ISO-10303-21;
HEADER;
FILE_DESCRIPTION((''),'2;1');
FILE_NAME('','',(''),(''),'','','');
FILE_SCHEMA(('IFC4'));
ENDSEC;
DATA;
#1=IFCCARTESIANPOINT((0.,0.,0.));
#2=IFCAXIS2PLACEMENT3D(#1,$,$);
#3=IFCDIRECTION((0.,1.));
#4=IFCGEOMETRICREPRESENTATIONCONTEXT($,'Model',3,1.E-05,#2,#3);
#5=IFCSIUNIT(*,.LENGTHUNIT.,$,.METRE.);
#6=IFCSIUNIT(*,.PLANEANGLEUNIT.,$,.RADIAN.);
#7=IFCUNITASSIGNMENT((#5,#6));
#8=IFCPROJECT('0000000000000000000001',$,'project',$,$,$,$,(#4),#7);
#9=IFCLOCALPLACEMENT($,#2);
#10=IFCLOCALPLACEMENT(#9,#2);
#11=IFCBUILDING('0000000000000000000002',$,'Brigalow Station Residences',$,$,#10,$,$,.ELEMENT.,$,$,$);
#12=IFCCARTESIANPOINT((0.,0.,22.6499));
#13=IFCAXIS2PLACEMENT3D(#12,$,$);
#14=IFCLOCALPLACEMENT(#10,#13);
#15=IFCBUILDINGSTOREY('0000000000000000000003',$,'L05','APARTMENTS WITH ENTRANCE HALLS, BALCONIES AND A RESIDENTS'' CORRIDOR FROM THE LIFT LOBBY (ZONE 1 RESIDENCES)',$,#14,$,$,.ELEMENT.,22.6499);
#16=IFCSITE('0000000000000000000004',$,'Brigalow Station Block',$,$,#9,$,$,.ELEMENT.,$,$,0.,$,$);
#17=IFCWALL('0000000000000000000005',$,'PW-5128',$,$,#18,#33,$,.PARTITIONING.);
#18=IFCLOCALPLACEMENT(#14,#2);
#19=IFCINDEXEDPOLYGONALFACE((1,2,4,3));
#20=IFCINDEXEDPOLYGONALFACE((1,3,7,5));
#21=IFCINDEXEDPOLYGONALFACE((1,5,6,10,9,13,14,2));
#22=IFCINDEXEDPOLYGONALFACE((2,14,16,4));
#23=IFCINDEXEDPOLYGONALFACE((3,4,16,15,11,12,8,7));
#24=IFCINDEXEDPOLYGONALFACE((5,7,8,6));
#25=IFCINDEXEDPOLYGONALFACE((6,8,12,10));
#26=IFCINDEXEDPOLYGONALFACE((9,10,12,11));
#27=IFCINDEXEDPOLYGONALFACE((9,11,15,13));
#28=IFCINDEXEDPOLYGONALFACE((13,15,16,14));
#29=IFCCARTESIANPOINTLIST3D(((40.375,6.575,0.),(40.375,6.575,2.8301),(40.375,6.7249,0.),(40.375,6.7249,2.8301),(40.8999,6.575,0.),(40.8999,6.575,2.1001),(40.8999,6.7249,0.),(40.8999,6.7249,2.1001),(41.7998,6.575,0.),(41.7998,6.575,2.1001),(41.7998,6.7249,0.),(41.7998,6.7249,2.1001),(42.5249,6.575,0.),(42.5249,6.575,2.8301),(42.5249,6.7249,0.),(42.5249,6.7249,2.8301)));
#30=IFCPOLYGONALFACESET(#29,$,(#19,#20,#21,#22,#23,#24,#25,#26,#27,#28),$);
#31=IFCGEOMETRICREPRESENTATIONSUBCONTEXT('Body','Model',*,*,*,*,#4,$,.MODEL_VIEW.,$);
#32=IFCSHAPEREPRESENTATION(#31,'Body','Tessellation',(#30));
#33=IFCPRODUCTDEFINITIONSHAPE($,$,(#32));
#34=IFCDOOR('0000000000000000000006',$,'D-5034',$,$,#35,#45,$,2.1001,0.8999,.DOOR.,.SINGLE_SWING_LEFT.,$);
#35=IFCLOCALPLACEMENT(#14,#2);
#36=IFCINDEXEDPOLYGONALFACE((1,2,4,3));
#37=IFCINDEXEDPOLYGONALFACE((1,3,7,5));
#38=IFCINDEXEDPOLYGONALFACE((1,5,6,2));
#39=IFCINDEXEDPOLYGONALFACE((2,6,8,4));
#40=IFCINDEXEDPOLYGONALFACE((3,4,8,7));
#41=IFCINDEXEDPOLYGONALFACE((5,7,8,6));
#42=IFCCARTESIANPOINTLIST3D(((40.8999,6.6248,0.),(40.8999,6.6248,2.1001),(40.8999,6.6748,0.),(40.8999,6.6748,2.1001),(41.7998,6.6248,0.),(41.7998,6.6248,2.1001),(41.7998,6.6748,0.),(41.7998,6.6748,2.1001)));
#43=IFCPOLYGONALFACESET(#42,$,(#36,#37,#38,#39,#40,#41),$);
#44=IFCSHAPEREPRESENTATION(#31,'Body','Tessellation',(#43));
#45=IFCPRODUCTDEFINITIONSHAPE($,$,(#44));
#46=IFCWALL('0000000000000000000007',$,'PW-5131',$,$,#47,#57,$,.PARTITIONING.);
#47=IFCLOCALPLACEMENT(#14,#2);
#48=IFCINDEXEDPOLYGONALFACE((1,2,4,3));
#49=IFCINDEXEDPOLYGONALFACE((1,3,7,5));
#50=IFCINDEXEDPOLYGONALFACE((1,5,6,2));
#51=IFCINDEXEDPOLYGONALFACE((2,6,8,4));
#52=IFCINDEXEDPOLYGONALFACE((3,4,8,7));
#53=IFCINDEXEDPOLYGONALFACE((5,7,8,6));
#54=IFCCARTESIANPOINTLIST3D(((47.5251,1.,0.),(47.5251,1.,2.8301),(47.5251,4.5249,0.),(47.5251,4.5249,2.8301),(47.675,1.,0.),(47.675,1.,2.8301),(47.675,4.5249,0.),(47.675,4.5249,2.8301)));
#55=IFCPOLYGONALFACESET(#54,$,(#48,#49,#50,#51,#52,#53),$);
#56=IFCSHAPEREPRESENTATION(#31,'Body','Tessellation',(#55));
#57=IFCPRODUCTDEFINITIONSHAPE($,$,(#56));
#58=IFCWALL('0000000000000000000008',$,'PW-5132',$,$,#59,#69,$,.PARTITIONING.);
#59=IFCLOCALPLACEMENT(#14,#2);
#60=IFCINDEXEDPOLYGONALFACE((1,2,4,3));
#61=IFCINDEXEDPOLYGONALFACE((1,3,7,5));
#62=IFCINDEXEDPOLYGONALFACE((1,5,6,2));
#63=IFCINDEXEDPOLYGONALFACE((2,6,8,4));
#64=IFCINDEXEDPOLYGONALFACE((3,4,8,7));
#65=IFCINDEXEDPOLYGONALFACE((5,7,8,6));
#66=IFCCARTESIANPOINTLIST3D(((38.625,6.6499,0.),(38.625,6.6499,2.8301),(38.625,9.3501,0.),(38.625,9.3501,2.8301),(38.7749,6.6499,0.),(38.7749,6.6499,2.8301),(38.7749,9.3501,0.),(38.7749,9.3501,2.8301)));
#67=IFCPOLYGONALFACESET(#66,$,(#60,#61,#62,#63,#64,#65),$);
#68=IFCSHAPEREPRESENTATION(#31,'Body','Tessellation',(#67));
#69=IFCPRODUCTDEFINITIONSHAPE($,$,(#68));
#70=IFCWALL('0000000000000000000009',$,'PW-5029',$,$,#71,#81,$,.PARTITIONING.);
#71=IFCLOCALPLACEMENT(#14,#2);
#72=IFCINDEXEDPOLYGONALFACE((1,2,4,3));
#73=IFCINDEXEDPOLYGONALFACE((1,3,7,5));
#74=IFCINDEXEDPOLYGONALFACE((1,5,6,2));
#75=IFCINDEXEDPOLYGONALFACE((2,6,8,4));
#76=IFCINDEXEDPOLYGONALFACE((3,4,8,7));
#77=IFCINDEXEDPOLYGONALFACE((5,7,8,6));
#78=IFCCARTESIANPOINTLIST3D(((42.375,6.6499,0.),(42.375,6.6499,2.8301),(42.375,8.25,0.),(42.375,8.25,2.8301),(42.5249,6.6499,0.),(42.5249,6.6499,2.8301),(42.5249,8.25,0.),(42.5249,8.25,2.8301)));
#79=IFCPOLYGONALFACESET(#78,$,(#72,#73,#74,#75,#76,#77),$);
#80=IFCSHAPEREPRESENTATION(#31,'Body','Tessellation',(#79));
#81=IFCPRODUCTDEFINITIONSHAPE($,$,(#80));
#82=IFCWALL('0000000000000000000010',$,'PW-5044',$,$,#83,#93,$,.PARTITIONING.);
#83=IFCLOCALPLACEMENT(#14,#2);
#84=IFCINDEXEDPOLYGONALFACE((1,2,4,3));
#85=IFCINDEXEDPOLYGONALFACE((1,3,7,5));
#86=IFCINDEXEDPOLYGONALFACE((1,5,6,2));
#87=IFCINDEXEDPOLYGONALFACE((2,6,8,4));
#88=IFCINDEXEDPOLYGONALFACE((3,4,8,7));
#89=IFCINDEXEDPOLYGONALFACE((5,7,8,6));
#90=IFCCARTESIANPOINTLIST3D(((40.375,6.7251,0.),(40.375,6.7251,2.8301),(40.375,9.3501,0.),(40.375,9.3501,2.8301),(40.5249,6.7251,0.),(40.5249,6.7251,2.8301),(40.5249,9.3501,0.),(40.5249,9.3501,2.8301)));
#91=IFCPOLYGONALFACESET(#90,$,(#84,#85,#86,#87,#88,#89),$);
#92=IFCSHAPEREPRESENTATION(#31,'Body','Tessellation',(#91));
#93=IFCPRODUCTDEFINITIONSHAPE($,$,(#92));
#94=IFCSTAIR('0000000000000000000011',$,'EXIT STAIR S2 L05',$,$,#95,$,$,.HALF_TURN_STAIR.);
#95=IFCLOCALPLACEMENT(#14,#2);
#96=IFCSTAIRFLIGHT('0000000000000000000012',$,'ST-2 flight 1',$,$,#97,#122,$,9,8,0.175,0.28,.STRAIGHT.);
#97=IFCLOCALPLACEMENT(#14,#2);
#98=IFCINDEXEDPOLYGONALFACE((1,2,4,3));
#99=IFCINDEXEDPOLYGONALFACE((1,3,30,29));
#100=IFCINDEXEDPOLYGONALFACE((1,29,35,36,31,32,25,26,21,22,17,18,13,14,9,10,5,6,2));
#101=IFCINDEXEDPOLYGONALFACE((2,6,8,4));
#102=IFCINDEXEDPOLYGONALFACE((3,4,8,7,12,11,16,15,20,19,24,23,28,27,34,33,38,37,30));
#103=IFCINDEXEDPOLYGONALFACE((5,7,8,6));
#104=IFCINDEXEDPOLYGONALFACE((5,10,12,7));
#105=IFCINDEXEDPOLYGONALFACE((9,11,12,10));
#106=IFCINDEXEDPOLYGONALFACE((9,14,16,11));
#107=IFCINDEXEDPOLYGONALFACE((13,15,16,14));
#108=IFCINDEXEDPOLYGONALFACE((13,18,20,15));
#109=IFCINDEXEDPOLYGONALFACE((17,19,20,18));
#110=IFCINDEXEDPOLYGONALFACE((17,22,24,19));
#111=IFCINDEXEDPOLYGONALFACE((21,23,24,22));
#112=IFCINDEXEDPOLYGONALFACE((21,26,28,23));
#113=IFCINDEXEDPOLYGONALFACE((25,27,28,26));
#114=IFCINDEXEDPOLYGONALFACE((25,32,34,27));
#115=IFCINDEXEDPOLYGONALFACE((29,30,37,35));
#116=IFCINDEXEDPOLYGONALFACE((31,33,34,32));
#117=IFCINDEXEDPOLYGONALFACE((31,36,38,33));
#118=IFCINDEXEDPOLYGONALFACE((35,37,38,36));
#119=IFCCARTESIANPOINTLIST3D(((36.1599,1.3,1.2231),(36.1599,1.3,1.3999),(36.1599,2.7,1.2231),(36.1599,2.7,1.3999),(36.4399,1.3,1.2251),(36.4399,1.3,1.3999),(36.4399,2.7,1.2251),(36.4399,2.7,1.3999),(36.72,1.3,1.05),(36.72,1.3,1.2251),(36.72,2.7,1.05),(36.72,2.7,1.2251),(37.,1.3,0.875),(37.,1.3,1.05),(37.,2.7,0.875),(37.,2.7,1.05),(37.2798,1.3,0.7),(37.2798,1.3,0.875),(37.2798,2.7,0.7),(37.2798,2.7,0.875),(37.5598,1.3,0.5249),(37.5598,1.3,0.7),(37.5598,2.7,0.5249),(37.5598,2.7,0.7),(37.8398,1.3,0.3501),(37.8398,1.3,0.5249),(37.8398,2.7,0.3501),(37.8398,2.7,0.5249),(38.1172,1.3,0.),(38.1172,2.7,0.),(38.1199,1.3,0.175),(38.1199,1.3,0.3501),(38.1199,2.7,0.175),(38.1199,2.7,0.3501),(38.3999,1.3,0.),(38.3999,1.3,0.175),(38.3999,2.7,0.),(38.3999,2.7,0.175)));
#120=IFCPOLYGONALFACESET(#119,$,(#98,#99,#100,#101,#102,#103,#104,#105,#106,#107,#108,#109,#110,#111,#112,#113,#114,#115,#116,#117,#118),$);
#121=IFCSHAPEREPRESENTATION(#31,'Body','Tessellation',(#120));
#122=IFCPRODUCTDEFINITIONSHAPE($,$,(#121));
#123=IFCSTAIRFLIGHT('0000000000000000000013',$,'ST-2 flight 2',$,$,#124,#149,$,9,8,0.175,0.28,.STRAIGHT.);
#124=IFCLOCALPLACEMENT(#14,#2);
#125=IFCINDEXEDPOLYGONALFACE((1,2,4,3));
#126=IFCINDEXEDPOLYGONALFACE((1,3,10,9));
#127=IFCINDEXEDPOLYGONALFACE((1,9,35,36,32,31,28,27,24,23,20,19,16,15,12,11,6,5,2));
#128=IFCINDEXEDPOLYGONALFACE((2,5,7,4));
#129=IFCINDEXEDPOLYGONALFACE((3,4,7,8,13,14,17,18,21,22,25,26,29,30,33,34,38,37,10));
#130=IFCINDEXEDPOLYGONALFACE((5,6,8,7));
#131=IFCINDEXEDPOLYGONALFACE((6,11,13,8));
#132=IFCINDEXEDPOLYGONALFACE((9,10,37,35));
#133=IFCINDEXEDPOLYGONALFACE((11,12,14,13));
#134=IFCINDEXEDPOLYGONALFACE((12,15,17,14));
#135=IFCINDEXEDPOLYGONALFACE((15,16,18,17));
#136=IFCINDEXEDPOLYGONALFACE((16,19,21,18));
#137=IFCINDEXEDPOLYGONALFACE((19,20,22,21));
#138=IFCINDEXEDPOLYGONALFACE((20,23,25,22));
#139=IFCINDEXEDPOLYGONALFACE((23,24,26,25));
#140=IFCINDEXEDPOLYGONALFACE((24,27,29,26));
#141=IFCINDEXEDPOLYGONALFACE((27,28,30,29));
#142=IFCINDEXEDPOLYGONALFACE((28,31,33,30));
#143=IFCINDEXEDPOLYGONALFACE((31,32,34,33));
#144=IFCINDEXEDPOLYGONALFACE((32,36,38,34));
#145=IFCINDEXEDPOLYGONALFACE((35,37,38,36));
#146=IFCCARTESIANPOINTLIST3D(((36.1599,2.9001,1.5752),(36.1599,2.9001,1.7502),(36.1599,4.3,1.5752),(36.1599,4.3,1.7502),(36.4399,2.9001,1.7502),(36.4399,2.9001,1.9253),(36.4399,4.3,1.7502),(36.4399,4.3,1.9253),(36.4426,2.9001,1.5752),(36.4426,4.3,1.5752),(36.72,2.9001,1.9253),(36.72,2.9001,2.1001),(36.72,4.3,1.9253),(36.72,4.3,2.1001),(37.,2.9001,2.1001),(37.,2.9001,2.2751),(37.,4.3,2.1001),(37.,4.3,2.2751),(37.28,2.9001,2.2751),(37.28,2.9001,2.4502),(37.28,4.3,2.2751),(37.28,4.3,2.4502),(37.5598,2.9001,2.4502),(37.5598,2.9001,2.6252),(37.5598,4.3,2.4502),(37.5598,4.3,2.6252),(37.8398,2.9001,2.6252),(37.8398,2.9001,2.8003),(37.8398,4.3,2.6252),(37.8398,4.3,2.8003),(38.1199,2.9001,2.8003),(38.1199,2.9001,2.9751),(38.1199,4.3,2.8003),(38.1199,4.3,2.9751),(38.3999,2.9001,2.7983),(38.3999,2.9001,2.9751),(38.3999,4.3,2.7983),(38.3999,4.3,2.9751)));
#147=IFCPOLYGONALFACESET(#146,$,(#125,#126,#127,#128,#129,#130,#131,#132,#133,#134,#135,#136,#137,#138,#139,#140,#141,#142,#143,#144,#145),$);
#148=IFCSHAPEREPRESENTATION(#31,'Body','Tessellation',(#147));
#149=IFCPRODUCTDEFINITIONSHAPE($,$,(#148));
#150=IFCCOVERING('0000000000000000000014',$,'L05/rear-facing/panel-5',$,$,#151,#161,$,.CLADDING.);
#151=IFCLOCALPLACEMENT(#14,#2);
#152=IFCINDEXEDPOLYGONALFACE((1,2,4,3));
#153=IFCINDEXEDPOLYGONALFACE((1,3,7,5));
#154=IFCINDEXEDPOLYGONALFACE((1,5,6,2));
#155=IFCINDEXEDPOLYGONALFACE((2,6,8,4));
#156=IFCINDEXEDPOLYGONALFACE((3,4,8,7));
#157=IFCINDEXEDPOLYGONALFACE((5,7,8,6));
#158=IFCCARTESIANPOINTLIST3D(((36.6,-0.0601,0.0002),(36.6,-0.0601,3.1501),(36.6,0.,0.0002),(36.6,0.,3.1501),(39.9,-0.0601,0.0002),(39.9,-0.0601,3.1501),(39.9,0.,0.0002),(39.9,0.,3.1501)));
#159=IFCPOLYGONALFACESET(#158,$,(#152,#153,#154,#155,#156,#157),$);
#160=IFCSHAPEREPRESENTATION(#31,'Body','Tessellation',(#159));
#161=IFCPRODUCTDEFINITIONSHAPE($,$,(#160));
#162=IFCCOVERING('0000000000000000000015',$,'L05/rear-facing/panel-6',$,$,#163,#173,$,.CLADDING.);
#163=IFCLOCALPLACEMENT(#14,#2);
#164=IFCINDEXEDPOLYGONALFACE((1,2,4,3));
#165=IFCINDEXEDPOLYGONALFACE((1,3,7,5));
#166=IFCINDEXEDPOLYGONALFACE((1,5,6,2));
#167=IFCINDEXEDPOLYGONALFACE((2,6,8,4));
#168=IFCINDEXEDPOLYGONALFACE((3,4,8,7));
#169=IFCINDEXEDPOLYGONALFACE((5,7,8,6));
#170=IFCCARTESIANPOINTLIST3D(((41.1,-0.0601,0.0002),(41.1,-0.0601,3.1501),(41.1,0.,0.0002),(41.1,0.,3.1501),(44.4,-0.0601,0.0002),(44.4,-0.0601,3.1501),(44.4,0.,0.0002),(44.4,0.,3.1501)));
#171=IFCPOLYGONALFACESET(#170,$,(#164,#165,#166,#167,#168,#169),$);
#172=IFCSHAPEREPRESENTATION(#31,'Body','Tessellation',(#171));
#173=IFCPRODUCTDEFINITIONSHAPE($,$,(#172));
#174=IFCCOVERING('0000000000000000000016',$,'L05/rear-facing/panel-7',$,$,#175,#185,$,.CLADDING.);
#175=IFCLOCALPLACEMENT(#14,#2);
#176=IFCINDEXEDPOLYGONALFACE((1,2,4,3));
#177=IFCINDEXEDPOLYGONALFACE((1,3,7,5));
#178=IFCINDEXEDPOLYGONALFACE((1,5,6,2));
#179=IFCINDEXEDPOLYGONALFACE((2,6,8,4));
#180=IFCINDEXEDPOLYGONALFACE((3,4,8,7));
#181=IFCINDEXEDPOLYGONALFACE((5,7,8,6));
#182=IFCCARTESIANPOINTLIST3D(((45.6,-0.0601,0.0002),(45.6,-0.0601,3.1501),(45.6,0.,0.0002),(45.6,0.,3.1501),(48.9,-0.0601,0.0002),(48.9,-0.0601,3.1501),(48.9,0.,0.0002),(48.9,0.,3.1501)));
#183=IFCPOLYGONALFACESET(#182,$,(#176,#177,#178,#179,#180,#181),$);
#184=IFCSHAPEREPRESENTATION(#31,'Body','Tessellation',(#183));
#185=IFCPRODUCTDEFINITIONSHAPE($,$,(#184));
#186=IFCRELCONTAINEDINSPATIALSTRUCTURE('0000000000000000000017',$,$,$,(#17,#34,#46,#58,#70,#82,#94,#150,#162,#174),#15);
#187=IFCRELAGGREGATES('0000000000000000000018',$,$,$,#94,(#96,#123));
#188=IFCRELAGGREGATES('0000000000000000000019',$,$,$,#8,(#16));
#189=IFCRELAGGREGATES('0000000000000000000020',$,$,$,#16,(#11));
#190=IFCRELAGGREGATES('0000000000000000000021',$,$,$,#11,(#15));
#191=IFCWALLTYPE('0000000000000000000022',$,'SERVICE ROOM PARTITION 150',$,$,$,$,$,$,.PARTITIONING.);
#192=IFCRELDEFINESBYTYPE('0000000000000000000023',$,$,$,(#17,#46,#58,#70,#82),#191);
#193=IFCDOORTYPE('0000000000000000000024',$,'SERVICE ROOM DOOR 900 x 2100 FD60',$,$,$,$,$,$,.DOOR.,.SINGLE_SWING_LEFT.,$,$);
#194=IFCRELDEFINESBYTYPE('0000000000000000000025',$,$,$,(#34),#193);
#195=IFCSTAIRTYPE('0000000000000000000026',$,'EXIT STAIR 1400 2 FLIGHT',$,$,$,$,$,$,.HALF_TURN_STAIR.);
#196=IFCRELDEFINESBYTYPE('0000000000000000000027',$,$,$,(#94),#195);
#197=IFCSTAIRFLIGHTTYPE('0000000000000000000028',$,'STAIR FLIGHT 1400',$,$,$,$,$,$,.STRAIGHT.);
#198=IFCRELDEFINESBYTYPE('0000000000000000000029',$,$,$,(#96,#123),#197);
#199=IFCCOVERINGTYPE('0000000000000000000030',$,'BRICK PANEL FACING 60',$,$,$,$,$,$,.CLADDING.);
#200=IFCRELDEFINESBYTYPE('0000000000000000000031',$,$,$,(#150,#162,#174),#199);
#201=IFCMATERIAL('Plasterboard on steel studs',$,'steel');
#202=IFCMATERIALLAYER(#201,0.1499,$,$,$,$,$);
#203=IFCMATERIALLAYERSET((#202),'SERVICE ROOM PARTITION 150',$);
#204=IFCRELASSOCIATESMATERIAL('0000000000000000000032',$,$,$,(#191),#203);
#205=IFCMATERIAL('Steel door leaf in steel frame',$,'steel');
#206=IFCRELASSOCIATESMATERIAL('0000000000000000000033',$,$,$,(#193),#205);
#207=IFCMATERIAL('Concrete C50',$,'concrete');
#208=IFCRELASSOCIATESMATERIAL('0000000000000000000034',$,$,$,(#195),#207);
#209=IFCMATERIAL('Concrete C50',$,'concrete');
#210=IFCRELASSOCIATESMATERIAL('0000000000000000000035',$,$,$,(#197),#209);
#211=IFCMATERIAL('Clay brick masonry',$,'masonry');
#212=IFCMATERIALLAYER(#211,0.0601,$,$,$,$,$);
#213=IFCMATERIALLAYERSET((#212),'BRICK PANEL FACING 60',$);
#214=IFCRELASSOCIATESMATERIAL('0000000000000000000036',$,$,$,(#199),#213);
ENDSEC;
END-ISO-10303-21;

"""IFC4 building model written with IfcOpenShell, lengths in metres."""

from ifc_helpers import new_model, si_unit, direction, frame, frame_2d, origin, origin_2d, place, context, subcontext, project, spatial, polyline, rectangle, outline, extrude, material, layer, layer_set, type_object, element, fill, aggregate, save


model = new_model("IFC4")

# Units and contexts
model_context = context("Model", 3, precision=1e-05, world=origin(), true_north=direction((0.0, 1.0)))
body_context = subcontext(model_context, "Body", "Model", "MODEL_VIEW")
ifc_project = project(units=[si_unit("LENGTHUNIT", "METRE"), si_unit("PLANEANGLEUNIT", "RADIAN")], contexts=[model_context])

# Site, building, storey
site_placement = place(None, origin())
site = spatial("IfcSite", under=ifc_project, at=site_placement, Name="Brigalow Station Block", CompositionType="ELEMENT", RefElevation=0.0)
building_placement = place(site_placement, origin())
building = spatial("IfcBuilding", under=site, at=building_placement, Name="Brigalow Station Residences", CompositionType="ELEMENT")
storey_placement = place(building_placement, frame((0.0, 0.0, 22.6499)))
storey = spatial("IfcBuildingStorey", under=building, at=storey_placement, Name="L05", Description="APARTMENTS WITH ENTRANCE HALLS, BALCONIES AND A RESIDENTS' CORRIDOR FROM THE LIFT LOBBY (ZONE 1 RESIDENCES)", CompositionType="ELEMENT", Elevation=22.6499)

# Shared definitions
ifc_material_1 = material(Name="Plasterboard on steel studs", Category="steel")
ifc_layer_1 = layer(ifc_material_1, 0.1499)
ifc_layer_set_1 = layer_set([ifc_layer_1], Name="SERVICE ROOM PARTITION 150")
wall_type_1 = type_object("IfcWallType", Name="SERVICE ROOM PARTITION 150", PredefinedType="PARTITIONING", material=ifc_layer_set_1)
ifc_material_2 = material(Name="Steel door leaf in steel frame", Category="steel")
door_type_1 = type_object("IfcDoorType", Name="SERVICE ROOM DOOR 900 x 2100 FD60", OperationType="SINGLE_SWING_LEFT", PredefinedType="DOOR", material=ifc_material_2)

# Wall, opening, door
wall_1_placement = place(storey_placement, frame((40.375, 6.6499, 0.0), z_axis=(0.0, 0.0, 1.0), x_axis=(1.0, 0.0, 0.0)))
wall_1 = element("IfcWall", 1, at=wall_1_placement, inside=storey, type_object=wall_type_1, Name="PW-5128", PredefinedType="PARTITIONING", context=body_context, shape_type="SweptSolid", body=[
    extrude(rectangle(XDim=2.1499, YDim=0.1499, at=frame_2d((1.075, 0.0))), origin(), (0.0, 0.0, 1.0), 2.8301),
])
opening_1_placement = place(wall_1_placement, frame((0.5249, 0.0, 0.0)))
opening_1 = element("IfcOpeningElement", 2, at=opening_1_placement, cuts=wall_1, PredefinedType="OPENING", context=body_context, shape_type="SweptSolid", body=[
    extrude(rectangle(XDim=0.8999, YDim=2.1001, at=frame_2d((0.45, 1.05))), frame((0.0, 0.085, 0.0), z_axis=(0.0, -1.0, 0.0), x_axis=(1.0, 0.0, 0.0)), (0.0, 0.0, 1.0), 0.1699),
])
door_1_placement = place(opening_1_placement, origin())
door_1 = element("IfcDoor", 3, at=door_1_placement, inside=storey, type_object=door_type_1, Name="D-5034", OperationType="SINGLE_SWING_LEFT", OverallHeight=2.1001, OverallWidth=0.8999, PredefinedType="DOOR", context=body_context, shape_type="SweptSolid", body=[
    extrude(rectangle(XDim=0.8999, YDim=2.1001, at=frame_2d((0.45, 1.05))), frame((0.0, 0.0249, 0.0), z_axis=(0.0, -1.0, 0.0), x_axis=(1.0, 0.0, 0.0)), (0.0, 0.0, 1.0), 0.05),
])
fill(opening_1, door_1)

# Walls
wall_2_placement = place(storey_placement, frame((47.6001, 1.0, 0.0), z_axis=(0.0, 0.0, 1.0), x_axis=(0.0, 1.0, 0.0)))
element("IfcWall", 4, at=wall_2_placement, inside=storey, type_object=wall_type_1, Name="PW-5131", PredefinedType="PARTITIONING", context=body_context, shape_type="SweptSolid", body=[
    extrude(rectangle(XDim=3.5249, YDim=0.1499, at=frame_2d((1.7625, 0.0))), origin(), (0.0, 0.0, 1.0), 2.8301),
])
wall_3_placement = place(storey_placement, frame((38.7, 6.6499, 0.0), z_axis=(0.0, 0.0, 1.0), x_axis=(0.0, 1.0, 0.0)))
element("IfcWall", 5, at=wall_3_placement, inside=storey, type_object=wall_type_1, Name="PW-5132", PredefinedType="PARTITIONING", context=body_context, shape_type="SweptSolid", body=[
    extrude(rectangle(XDim=2.7002, YDim=0.1499, at=frame_2d((1.3501, 0.0))), origin(), (0.0, 0.0, 1.0), 2.8301),
])
wall_4_placement = place(storey_placement, frame((42.45, 6.6499, 0.0), z_axis=(0.0, 0.0, 1.0), x_axis=(0.0, 1.0, 0.0)))
element("IfcWall", 6, at=wall_4_placement, inside=storey, type_object=wall_type_1, Name="PW-5029", PredefinedType="PARTITIONING", context=body_context, shape_type="SweptSolid", body=[
    extrude(rectangle(XDim=1.6001, YDim=0.1499, at=frame_2d((0.8, 0.0))), origin(), (0.0, 0.0, 1.0), 2.8301),
])
wall_5_placement = place(storey_placement, frame((40.45, 6.7251, 0.0), z_axis=(0.0, 0.0, 1.0), x_axis=(0.0, 1.0, 0.0)))
element("IfcWall", 7, at=wall_5_placement, inside=storey, type_object=wall_type_1, Name="PW-5044", PredefinedType="PARTITIONING", context=body_context, shape_type="SweptSolid", body=[
    extrude(rectangle(XDim=2.625, YDim=0.1499, at=frame_2d((1.3125, 0.0))), origin(), (0.0, 0.0, 1.0), 2.8301),
])

# Stair, stair flights
ifc_material_3 = material(Name="Concrete C50", Category="concrete")
stair_type = type_object("IfcStairType", Name="EXIT STAIR 1400 2 FLIGHT", PredefinedType="HALF_TURN_STAIR", material=ifc_material_3)
stair_placement = place(storey_placement, origin())
stair = element("IfcStair", 8, at=stair_placement, inside=storey, type_object=stair_type, Name="EXIT STAIR S2 L05", PredefinedType="HALF_TURN_STAIR")
ifc_material_4 = material(Name="Concrete C50", Category="concrete")
stair_flight_type = type_object("IfcStairFlightType", Name="STAIR FLIGHT 1400", PredefinedType="STRAIGHT", material=ifc_material_4)
stair_flight_1_placement = place(storey_placement, frame((38.3999, 2.0, 0.0), z_axis=(0.0, 0.0, 1.0), x_axis=(-1.0, 0.0, 0.0)))
stair_flight_1 = element("IfcStairFlight", 9, at=stair_flight_1_placement, type_object=stair_flight_type, Name="ST-2 flight 1", NumberOfRisers=9, NumberOfTreads=8, PredefinedType="STRAIGHT", RiserHeight=0.175, TreadLength=0.28, context=body_context, shape_type="SweptSolid", body=[
    extrude(outline(polyline([(0.0, 0.0), (0.0, 0.175), (0.28, 0.175), (0.28, 0.3501), (0.5601, 0.3501), (0.5601, 0.5249), (0.8401, 0.5249), (0.8401, 0.7), (1.1201, 0.7), (1.1201, 0.875), (1.3999, 0.875), (1.3999, 1.05), (1.6799, 1.05), (1.6799, 1.2251), (1.96, 1.2251), (1.96, 1.3999), (2.24, 1.3999), (2.24, 1.575), (2.24, 1.2231), (0.2827, 0.0), (0.0, 0.0)])), frame((0.0, 0.7, 0.0), z_axis=(0.0, -1.0, 0.0), x_axis=(1.0, 0.0, 0.0)), (0.0, 0.0, 1.0), 1.3999),
])
stair_flight_2_placement = place(storey_placement, frame((36.1599, 3.6001, 1.5752), z_axis=(0.0, 0.0, 1.0), x_axis=(1.0, 0.0, 0.0)))
stair_flight_2 = element("IfcStairFlight", 10, at=stair_flight_2_placement, type_object=stair_flight_type, Name="ST-2 flight 2", NumberOfRisers=9, NumberOfTreads=8, PredefinedType="STRAIGHT", RiserHeight=0.175, TreadLength=0.28, context=body_context, shape_type="SweptSolid", body=[
    extrude(outline(polyline([(0.0, 0.0), (0.0, 0.175), (0.28, 0.175), (0.28, 0.3501), (0.5601, 0.3501), (0.5601, 0.5249), (0.8401, 0.5249), (0.8401, 0.7), (1.1201, 0.7), (1.1201, 0.875), (1.3999, 0.875), (1.3999, 1.05), (1.6799, 1.05), (1.6799, 1.2251), (1.96, 1.2251), (1.96, 1.3999), (2.24, 1.3999), (2.24, 1.575), (2.24, 1.2231), (0.2827, 0.0), (0.0, 0.0)])), frame((0.0, 0.7, 0.0), z_axis=(0.0, -1.0, 0.0), x_axis=(1.0, 0.0, 0.0)), (0.0, 0.0, 1.0), 1.3999),
])
aggregate(stair, [stair_flight_1, stair_flight_2])

# Coverings
ifc_material_5 = material(Name="Clay brick masonry", Category="masonry")
ifc_layer_2 = layer(ifc_material_5, 0.0601)
ifc_layer_set_2 = layer_set([ifc_layer_2], Name="BRICK PANEL FACING 60")
covering_type_1 = type_object("IfcCoveringType", Name="BRICK PANEL FACING 60", PredefinedType="CLADDING", material=ifc_layer_set_2)
for number, where, z_axis, x_axis, name in (
    (11, (38.25, -0.03, 0.0002), (0.0, 0.0, 1.0), (1.0, 0.0, 0.0), "L05/rear-facing/panel-5"),
    (12, (42.75, -0.03, 0.0002), (0.0, 0.0, 1.0), (1.0, 0.0, 0.0), "L05/rear-facing/panel-6"),
    (13, (47.25, -0.03, 0.0002), (0.0, 0.0, 1.0), (1.0, 0.0, 0.0), "L05/rear-facing/panel-7"),
):
    element("IfcCovering", number, at=place(storey_placement, frame(where, z_axis=z_axis, x_axis=x_axis)), inside=storey, type_object=covering_type_1, Name=name, PredefinedType="CLADDING", context=body_context, shape_type="SweptSolid", body=[
        extrude(rectangle(XDim=3.3, YDim=0.0601, at=origin_2d()), origin(), (0.0, 0.0, 1.0), 3.1499),
    ])

save(model, "model.ifc")
